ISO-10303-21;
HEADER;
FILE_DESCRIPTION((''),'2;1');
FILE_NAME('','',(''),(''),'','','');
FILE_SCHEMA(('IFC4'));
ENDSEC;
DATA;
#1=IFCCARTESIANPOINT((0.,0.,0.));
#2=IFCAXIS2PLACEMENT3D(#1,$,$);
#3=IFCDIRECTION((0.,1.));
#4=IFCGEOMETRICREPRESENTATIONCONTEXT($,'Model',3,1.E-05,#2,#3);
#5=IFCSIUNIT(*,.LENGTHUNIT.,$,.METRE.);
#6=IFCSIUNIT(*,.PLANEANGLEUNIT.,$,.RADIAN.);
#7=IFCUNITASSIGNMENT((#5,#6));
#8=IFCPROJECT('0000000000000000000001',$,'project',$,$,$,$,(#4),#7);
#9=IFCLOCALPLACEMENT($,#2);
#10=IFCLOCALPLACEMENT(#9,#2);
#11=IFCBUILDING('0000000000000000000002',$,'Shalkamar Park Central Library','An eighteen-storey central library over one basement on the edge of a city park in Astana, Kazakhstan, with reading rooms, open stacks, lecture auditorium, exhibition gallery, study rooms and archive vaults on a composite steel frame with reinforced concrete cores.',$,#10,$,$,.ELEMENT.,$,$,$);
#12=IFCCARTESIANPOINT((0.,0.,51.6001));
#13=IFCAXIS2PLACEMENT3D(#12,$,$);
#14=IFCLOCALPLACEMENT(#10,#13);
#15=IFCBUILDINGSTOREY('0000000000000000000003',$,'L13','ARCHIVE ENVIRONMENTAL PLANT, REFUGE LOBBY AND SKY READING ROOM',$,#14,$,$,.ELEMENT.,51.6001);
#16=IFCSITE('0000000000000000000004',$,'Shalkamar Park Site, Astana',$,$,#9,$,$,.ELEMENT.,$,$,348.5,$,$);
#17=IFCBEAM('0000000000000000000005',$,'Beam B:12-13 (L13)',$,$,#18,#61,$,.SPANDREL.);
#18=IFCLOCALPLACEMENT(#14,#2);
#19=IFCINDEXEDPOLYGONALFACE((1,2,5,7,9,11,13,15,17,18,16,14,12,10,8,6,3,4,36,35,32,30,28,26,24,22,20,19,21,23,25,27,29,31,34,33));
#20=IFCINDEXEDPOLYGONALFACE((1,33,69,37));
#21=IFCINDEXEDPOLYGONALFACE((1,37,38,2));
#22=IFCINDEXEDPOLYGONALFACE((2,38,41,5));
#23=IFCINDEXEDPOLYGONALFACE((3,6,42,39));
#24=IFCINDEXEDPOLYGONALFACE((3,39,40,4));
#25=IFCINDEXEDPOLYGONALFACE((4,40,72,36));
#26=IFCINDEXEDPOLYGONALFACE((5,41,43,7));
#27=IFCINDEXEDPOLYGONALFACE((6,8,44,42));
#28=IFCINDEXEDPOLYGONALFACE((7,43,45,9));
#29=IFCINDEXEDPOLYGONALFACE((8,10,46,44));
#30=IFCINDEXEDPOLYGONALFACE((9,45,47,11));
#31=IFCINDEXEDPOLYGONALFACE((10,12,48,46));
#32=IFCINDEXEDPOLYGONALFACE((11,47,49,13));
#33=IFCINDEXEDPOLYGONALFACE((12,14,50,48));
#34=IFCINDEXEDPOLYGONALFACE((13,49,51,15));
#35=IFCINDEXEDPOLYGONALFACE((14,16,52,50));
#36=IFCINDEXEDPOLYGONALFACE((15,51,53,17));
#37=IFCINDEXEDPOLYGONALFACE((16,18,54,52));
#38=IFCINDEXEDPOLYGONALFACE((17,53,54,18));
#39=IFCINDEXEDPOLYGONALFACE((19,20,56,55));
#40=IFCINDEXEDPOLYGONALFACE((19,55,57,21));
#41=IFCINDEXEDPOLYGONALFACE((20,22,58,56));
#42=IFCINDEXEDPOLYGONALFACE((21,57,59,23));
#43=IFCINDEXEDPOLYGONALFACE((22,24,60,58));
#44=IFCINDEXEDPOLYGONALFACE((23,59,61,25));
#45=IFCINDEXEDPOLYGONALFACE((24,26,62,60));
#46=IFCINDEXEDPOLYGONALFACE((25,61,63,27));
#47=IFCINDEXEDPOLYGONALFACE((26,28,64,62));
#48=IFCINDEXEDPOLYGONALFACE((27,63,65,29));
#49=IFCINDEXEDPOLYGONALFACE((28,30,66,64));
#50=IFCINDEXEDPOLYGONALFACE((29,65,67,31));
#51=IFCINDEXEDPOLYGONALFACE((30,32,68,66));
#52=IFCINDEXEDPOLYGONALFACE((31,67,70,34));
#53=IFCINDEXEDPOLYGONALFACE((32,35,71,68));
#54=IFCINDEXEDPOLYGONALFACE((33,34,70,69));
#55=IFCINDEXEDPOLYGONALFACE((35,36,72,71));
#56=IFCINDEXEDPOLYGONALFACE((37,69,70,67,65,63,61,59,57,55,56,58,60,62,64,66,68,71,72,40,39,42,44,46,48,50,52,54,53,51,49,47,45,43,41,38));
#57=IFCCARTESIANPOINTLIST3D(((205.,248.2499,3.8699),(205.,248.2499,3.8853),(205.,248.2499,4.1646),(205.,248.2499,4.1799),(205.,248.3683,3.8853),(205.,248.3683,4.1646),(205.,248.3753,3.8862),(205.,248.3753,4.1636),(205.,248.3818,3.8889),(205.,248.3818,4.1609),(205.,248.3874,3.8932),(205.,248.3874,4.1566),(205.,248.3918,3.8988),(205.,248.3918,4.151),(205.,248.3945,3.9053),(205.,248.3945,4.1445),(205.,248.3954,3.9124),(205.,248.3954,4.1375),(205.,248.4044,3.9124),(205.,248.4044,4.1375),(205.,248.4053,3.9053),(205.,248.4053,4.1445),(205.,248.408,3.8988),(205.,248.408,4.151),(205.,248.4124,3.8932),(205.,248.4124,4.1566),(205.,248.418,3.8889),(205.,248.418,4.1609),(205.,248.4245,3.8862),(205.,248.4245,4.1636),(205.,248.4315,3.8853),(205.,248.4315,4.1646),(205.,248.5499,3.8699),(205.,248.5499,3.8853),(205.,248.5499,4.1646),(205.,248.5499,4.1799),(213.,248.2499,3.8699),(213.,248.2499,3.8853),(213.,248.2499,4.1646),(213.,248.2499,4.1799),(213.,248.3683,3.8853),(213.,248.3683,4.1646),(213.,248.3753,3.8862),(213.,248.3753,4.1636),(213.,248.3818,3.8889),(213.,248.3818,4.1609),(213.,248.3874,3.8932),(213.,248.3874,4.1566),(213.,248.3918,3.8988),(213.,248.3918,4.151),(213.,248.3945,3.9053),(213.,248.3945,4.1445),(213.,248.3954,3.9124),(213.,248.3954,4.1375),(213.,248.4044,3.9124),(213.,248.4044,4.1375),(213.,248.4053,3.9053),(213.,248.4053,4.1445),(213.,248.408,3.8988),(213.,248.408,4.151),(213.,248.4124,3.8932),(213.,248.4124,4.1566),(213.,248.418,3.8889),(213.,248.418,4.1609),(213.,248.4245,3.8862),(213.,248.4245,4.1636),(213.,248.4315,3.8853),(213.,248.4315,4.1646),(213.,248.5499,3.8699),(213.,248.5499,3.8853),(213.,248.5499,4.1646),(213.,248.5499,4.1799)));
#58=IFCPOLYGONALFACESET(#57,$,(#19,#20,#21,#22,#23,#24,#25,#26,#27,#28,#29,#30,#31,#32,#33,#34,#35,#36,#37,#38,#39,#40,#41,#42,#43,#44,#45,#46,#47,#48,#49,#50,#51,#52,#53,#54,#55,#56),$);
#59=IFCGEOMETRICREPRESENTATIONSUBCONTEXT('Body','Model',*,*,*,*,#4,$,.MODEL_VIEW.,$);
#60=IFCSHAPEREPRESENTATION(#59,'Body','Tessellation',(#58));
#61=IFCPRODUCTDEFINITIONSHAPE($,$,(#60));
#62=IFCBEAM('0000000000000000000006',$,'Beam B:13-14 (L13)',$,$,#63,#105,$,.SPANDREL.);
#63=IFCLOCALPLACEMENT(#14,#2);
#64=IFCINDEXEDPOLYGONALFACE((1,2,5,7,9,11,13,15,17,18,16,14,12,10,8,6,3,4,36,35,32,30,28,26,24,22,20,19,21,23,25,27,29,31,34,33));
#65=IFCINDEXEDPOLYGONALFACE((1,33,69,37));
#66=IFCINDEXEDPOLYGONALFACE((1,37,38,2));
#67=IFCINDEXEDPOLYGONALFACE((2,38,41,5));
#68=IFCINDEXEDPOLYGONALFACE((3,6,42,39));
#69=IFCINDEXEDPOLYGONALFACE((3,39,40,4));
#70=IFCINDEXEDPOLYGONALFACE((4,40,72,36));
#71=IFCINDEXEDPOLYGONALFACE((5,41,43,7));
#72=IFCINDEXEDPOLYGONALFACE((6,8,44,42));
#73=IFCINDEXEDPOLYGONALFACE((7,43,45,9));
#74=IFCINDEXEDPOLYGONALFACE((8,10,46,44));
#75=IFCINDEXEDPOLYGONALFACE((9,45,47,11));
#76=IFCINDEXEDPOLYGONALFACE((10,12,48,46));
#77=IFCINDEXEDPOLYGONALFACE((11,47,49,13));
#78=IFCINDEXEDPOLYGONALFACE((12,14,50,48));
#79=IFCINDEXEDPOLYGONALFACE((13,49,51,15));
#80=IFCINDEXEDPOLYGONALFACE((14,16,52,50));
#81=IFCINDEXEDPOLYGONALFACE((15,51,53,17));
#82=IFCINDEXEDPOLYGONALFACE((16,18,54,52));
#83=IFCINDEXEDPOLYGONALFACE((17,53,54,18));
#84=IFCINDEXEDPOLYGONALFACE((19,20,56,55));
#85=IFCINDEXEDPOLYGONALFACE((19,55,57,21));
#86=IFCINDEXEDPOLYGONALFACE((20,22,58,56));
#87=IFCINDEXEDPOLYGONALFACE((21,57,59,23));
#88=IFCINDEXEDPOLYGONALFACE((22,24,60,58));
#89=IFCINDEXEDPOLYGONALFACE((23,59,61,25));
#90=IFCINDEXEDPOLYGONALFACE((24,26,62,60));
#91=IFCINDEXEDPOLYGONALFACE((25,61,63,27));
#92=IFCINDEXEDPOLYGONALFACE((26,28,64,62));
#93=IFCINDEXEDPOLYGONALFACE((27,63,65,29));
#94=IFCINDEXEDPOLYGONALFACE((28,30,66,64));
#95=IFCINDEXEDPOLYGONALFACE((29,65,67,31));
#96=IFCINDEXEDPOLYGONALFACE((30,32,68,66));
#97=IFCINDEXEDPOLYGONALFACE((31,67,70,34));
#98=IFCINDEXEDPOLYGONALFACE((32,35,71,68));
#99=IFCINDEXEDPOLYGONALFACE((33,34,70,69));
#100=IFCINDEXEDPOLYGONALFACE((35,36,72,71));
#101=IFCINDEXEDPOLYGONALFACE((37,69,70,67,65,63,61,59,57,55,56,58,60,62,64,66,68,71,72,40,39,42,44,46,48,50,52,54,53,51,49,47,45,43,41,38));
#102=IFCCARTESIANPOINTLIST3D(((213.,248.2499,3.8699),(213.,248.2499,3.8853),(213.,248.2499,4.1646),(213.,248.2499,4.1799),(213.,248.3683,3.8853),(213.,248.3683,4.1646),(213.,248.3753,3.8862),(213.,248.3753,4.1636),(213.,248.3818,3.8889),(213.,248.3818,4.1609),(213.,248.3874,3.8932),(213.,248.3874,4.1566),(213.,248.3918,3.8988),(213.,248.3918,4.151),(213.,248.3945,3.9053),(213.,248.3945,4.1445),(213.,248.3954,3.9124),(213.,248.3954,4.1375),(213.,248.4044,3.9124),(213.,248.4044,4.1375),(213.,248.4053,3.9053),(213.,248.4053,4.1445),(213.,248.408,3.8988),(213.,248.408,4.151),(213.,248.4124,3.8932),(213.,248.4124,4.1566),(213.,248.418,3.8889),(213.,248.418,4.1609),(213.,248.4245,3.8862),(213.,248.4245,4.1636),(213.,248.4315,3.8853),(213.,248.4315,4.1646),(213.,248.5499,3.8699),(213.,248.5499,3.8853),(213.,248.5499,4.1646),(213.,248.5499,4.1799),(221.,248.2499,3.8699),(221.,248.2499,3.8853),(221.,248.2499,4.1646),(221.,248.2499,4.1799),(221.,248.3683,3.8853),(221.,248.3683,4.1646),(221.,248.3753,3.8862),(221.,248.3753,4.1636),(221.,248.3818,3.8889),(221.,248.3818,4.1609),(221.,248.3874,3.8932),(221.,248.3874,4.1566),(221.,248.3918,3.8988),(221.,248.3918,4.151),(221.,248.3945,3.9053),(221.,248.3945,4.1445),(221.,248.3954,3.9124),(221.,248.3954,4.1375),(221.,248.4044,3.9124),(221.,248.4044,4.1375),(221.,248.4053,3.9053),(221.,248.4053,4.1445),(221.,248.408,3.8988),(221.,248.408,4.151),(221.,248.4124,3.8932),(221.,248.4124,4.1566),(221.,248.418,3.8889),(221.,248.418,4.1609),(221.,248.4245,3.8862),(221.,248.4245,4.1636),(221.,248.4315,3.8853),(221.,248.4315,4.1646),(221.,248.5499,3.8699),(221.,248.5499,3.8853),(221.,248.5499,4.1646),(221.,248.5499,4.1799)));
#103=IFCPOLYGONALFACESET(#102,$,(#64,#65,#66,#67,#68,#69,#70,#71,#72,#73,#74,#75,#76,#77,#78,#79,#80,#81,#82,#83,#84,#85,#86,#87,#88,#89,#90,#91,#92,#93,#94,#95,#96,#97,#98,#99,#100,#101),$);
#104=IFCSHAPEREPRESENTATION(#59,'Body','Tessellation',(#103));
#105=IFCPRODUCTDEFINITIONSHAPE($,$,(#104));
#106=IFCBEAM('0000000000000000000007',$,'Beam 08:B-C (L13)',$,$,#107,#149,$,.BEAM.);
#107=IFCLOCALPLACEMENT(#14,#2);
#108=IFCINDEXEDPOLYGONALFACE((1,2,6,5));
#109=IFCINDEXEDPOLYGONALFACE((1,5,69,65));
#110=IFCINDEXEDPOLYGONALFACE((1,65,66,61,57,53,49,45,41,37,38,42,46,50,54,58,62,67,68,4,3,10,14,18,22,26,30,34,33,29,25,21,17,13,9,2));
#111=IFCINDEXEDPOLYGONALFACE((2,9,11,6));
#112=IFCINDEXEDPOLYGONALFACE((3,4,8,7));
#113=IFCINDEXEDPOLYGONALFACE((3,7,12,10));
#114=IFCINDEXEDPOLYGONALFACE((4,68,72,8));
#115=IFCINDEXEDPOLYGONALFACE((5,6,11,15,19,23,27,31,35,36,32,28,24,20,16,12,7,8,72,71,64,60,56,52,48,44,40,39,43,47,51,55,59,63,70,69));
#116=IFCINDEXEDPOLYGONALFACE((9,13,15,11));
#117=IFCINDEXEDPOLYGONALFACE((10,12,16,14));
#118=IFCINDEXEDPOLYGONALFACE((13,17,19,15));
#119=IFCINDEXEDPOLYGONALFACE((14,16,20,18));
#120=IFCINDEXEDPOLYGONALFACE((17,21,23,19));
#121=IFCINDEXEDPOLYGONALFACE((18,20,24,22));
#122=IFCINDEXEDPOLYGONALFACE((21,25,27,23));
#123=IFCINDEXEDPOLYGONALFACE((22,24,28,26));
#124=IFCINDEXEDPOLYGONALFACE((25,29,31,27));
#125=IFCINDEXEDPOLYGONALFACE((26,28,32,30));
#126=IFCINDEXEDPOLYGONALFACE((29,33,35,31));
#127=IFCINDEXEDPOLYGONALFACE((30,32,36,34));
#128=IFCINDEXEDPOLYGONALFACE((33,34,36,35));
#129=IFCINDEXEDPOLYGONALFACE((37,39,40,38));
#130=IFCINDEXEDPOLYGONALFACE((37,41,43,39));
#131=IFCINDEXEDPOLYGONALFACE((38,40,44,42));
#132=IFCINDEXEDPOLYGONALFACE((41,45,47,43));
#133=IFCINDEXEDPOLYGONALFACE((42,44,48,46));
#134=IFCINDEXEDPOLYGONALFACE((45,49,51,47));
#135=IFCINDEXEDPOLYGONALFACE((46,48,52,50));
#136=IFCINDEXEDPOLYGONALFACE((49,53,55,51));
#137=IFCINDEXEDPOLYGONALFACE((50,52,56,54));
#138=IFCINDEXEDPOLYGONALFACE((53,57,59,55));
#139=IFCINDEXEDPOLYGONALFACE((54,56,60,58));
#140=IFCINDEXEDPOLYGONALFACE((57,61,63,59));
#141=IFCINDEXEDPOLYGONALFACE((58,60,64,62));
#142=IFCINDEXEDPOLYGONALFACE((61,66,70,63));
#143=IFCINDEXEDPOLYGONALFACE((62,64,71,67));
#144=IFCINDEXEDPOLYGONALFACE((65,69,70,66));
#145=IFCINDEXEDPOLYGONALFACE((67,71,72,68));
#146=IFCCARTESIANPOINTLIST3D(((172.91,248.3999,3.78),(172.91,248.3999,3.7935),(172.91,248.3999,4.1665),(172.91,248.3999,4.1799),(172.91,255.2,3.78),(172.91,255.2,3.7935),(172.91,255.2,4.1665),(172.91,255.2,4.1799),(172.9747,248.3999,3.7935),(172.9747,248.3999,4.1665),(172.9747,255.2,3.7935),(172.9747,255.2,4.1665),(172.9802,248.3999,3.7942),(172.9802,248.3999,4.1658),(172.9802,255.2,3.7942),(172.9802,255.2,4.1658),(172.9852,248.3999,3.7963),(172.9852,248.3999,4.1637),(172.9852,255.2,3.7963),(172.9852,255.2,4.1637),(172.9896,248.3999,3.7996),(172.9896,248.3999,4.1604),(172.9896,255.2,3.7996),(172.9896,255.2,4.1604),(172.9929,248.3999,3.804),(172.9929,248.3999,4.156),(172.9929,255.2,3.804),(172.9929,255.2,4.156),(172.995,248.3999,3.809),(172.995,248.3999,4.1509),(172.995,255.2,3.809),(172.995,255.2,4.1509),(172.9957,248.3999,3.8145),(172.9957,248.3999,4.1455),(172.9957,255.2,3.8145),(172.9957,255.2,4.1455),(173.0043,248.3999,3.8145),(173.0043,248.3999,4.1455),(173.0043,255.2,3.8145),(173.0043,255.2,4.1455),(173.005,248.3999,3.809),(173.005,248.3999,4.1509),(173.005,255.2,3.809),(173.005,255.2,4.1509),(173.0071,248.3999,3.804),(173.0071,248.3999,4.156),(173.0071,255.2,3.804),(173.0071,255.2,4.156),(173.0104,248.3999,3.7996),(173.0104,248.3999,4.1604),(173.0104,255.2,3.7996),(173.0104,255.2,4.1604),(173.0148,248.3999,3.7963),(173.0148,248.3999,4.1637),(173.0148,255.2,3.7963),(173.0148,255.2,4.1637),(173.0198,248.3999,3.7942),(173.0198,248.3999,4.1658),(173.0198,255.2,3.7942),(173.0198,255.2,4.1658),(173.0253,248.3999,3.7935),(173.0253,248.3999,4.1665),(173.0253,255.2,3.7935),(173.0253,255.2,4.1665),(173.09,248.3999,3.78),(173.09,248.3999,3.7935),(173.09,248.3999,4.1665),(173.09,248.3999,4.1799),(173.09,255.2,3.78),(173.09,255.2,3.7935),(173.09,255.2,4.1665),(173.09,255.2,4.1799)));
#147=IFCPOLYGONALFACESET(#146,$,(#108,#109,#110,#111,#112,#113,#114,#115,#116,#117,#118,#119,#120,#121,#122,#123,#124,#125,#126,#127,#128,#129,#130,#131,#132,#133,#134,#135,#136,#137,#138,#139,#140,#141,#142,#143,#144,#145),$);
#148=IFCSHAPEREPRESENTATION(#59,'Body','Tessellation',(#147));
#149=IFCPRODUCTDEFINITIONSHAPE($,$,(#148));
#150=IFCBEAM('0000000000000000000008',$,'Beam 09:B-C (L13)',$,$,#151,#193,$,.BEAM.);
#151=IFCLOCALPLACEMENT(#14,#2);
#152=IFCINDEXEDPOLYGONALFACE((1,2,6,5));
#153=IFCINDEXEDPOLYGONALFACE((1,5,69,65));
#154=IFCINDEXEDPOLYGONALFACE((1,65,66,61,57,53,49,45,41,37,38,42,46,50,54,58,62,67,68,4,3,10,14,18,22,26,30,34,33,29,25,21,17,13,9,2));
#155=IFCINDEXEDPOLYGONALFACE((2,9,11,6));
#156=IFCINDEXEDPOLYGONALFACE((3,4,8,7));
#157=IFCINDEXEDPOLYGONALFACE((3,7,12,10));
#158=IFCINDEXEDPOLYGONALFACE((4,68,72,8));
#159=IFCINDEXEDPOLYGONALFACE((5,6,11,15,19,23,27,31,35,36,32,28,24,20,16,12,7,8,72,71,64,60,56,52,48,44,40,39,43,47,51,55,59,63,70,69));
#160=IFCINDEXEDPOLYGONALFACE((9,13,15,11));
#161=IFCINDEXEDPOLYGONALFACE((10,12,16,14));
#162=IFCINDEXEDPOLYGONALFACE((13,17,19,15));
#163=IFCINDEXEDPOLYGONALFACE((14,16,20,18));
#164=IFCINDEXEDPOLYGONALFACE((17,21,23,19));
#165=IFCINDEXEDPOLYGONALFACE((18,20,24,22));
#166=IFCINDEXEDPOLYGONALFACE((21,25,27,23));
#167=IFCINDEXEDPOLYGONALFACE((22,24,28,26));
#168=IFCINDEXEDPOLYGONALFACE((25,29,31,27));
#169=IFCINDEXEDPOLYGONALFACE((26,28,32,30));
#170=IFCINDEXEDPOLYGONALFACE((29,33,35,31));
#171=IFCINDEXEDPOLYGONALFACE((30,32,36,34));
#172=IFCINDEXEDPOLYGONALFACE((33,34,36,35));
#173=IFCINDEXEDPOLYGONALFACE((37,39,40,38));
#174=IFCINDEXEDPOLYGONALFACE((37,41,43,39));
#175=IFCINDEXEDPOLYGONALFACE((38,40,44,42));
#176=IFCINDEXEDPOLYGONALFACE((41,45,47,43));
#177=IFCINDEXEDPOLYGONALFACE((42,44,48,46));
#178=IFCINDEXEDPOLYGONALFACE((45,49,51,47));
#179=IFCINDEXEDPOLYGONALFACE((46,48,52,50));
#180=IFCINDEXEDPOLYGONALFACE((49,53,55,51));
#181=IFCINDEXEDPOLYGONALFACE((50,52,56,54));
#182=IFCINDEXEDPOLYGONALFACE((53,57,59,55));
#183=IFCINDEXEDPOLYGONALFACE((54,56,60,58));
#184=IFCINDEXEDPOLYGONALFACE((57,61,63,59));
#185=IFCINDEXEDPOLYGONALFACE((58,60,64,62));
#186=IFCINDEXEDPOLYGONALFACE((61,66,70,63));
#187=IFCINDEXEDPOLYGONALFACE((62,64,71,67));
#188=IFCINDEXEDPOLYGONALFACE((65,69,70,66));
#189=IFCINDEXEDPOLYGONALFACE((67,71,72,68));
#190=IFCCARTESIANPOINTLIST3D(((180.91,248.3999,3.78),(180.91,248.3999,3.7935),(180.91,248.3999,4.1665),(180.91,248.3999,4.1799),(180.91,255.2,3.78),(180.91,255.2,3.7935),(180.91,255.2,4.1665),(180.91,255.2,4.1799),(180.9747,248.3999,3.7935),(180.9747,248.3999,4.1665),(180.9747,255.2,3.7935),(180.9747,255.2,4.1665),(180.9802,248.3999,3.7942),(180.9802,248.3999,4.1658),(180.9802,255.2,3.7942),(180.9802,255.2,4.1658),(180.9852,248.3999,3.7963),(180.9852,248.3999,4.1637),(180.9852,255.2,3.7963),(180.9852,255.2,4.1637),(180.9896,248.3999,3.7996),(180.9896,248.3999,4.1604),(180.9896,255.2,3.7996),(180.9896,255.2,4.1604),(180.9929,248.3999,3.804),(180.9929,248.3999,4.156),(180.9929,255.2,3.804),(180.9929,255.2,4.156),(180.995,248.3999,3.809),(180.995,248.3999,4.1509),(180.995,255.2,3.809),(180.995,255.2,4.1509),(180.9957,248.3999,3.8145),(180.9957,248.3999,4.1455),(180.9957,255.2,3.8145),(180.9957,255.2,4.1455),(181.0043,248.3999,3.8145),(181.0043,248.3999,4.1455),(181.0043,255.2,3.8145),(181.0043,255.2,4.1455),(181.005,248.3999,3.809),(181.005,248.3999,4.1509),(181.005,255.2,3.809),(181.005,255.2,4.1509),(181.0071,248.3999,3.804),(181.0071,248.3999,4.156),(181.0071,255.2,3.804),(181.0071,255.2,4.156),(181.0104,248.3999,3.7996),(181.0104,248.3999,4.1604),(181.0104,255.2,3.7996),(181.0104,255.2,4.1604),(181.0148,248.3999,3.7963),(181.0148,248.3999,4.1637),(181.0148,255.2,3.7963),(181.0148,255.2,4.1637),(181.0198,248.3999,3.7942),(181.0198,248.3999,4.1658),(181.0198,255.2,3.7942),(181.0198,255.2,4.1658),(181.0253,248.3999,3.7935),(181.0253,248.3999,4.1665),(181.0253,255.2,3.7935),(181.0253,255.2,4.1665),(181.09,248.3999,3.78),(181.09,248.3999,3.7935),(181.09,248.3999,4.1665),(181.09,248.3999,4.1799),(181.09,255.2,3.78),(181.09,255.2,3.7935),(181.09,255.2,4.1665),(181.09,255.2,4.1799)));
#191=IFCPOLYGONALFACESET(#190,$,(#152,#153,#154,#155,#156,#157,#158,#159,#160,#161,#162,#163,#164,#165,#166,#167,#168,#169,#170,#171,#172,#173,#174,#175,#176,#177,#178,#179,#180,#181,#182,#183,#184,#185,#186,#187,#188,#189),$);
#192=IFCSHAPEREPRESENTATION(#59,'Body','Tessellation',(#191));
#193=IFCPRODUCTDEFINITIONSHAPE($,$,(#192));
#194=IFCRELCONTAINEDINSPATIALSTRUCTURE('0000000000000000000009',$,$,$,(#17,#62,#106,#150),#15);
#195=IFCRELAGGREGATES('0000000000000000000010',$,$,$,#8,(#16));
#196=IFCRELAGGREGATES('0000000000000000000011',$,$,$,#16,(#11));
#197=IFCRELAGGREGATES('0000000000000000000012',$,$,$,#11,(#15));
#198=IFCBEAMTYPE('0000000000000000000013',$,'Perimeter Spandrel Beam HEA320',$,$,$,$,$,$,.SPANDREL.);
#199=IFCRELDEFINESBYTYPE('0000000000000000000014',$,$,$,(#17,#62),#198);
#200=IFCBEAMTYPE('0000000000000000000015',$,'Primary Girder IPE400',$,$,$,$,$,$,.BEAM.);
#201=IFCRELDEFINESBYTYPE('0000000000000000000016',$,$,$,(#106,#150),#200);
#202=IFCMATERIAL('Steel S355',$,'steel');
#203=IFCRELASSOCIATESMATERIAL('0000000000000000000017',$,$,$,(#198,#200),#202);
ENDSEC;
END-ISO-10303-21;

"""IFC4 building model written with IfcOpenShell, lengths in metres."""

from ifc_helpers import new_model, si_unit, direction, frame, origin, origin_2d, place, context, subcontext, project, spatial, i_section, extrude, material, material_profile, profile_set, type_object, element, save


model = new_model("IFC4")

# Units and contexts
model_context = context("Model", 3, precision=1e-05, world=origin(), true_north=direction((0.0, 1.0)))
body_context = subcontext(model_context, "Body", "Model", "MODEL_VIEW")
ifc_project = project(units=[si_unit("LENGTHUNIT", "METRE"), si_unit("PLANEANGLEUNIT", "RADIAN")], contexts=[model_context])

# Site, building, storey
site_placement = place(None, origin())
site = spatial("IfcSite", under=ifc_project, at=site_placement, Name="Shalkamar Park Site, Astana", CompositionType="ELEMENT", RefElevation=348.5)
building_placement = place(site_placement, origin())
building = spatial("IfcBuilding", under=site, at=building_placement, Name="Shalkamar Park Central Library", Description="An eighteen-storey central library over one basement on the edge of a city park in Astana, Kazakhstan, with reading rooms, open stacks, lecture auditorium, exhibition gallery, study rooms and archive vaults on a composite steel frame with reinforced concrete cores.", CompositionType="ELEMENT")
storey_placement = place(building_placement, frame((0.0, 0.0, 51.6001)))
storey = spatial("IfcBuildingStorey", under=building, at=storey_placement, Name="L13", Description="ARCHIVE ENVIRONMENTAL PLANT, REFUGE LOBBY AND SKY READING ROOM", CompositionType="ELEMENT", Elevation=51.6001)

# Shared definitions
ifc_material_1 = material(Name="Steel S355", Category="steel")

# Beams
ifc_material_profile_1 = material_profile(ifc_material_1, i_section(OverallWidth=0.3, OverallDepth=0.3101, WebThickness=0.009, FlangeThickness=0.0154, FilletRadius=0.0271, at=origin_2d()), Name="HEA 320")
ifc_profile_set_1 = profile_set([ifc_material_profile_1], Name="Steel S355")
beam_type_1 = type_object("IfcBeamType", Name="Perimeter Spandrel Beam HEA320", PredefinedType="SPANDREL", material=ifc_profile_set_1)
for number, where, z_axis, x_axis, name in (
    (1, (205.0, 248.3999, 4.0249), (1.0, 0.0, 0.0), (0.0, 1.0, 0.0), "Beam B:12-13 (L13)"),
    (2, (213.0, 248.3999, 4.0249), (1.0, 0.0, 0.0), (0.0, 1.0, 0.0), "Beam B:13-14 (L13)"),
):
    element("IfcBeam", number, at=place(storey_placement, frame(where, z_axis=z_axis, x_axis=x_axis)), inside=storey, type_object=beam_type_1, Name=name, PredefinedType="SPANDREL", context=body_context, shape_type="SweptSolid", body=[
        extrude(i_section(OverallWidth=0.3, OverallDepth=0.3101, WebThickness=0.009, FlangeThickness=0.0154, FilletRadius=0.0271, at=origin_2d()), origin(), (0.0, 0.0, 1.0), 8.0),
    ])
ifc_material_profile_2 = material_profile(ifc_material_1, i_section(OverallWidth=0.1799, OverallDepth=0.3999, WebThickness=0.0085, FlangeThickness=0.0134, FilletRadius=0.021, at=origin_2d()), Name="IPE 400")
ifc_profile_set_2 = profile_set([ifc_material_profile_2], Name="Steel S355")
beam_type_2 = type_object("IfcBeamType", Name="Primary Girder IPE400", PredefinedType="BEAM", material=ifc_profile_set_2)
for number, where, z_axis, x_axis, name in (
    (3, (173.0, 248.3999, 3.98), (0.0, 1.0, 0.0), (-1.0, 0.0, 0.0), "Beam 08:B-C (L13)"),
    (4, (181.0, 248.3999, 3.98), (0.0, 1.0, 0.0), (-1.0, 0.0, 0.0), "Beam 09:B-C (L13)"),
):
    element("IfcBeam", number, at=place(storey_placement, frame(where, z_axis=z_axis, x_axis=x_axis)), inside=storey, type_object=beam_type_2, Name=name, PredefinedType="BEAM", context=body_context, shape_type="SweptSolid", body=[
        extrude(i_section(OverallWidth=0.1799, OverallDepth=0.3999, WebThickness=0.0085, FlangeThickness=0.0134, FilletRadius=0.021, at=origin_2d()), origin(), (0.0, 0.0, 1.0), 6.8),
    ])

save(model, "model.ifc")
